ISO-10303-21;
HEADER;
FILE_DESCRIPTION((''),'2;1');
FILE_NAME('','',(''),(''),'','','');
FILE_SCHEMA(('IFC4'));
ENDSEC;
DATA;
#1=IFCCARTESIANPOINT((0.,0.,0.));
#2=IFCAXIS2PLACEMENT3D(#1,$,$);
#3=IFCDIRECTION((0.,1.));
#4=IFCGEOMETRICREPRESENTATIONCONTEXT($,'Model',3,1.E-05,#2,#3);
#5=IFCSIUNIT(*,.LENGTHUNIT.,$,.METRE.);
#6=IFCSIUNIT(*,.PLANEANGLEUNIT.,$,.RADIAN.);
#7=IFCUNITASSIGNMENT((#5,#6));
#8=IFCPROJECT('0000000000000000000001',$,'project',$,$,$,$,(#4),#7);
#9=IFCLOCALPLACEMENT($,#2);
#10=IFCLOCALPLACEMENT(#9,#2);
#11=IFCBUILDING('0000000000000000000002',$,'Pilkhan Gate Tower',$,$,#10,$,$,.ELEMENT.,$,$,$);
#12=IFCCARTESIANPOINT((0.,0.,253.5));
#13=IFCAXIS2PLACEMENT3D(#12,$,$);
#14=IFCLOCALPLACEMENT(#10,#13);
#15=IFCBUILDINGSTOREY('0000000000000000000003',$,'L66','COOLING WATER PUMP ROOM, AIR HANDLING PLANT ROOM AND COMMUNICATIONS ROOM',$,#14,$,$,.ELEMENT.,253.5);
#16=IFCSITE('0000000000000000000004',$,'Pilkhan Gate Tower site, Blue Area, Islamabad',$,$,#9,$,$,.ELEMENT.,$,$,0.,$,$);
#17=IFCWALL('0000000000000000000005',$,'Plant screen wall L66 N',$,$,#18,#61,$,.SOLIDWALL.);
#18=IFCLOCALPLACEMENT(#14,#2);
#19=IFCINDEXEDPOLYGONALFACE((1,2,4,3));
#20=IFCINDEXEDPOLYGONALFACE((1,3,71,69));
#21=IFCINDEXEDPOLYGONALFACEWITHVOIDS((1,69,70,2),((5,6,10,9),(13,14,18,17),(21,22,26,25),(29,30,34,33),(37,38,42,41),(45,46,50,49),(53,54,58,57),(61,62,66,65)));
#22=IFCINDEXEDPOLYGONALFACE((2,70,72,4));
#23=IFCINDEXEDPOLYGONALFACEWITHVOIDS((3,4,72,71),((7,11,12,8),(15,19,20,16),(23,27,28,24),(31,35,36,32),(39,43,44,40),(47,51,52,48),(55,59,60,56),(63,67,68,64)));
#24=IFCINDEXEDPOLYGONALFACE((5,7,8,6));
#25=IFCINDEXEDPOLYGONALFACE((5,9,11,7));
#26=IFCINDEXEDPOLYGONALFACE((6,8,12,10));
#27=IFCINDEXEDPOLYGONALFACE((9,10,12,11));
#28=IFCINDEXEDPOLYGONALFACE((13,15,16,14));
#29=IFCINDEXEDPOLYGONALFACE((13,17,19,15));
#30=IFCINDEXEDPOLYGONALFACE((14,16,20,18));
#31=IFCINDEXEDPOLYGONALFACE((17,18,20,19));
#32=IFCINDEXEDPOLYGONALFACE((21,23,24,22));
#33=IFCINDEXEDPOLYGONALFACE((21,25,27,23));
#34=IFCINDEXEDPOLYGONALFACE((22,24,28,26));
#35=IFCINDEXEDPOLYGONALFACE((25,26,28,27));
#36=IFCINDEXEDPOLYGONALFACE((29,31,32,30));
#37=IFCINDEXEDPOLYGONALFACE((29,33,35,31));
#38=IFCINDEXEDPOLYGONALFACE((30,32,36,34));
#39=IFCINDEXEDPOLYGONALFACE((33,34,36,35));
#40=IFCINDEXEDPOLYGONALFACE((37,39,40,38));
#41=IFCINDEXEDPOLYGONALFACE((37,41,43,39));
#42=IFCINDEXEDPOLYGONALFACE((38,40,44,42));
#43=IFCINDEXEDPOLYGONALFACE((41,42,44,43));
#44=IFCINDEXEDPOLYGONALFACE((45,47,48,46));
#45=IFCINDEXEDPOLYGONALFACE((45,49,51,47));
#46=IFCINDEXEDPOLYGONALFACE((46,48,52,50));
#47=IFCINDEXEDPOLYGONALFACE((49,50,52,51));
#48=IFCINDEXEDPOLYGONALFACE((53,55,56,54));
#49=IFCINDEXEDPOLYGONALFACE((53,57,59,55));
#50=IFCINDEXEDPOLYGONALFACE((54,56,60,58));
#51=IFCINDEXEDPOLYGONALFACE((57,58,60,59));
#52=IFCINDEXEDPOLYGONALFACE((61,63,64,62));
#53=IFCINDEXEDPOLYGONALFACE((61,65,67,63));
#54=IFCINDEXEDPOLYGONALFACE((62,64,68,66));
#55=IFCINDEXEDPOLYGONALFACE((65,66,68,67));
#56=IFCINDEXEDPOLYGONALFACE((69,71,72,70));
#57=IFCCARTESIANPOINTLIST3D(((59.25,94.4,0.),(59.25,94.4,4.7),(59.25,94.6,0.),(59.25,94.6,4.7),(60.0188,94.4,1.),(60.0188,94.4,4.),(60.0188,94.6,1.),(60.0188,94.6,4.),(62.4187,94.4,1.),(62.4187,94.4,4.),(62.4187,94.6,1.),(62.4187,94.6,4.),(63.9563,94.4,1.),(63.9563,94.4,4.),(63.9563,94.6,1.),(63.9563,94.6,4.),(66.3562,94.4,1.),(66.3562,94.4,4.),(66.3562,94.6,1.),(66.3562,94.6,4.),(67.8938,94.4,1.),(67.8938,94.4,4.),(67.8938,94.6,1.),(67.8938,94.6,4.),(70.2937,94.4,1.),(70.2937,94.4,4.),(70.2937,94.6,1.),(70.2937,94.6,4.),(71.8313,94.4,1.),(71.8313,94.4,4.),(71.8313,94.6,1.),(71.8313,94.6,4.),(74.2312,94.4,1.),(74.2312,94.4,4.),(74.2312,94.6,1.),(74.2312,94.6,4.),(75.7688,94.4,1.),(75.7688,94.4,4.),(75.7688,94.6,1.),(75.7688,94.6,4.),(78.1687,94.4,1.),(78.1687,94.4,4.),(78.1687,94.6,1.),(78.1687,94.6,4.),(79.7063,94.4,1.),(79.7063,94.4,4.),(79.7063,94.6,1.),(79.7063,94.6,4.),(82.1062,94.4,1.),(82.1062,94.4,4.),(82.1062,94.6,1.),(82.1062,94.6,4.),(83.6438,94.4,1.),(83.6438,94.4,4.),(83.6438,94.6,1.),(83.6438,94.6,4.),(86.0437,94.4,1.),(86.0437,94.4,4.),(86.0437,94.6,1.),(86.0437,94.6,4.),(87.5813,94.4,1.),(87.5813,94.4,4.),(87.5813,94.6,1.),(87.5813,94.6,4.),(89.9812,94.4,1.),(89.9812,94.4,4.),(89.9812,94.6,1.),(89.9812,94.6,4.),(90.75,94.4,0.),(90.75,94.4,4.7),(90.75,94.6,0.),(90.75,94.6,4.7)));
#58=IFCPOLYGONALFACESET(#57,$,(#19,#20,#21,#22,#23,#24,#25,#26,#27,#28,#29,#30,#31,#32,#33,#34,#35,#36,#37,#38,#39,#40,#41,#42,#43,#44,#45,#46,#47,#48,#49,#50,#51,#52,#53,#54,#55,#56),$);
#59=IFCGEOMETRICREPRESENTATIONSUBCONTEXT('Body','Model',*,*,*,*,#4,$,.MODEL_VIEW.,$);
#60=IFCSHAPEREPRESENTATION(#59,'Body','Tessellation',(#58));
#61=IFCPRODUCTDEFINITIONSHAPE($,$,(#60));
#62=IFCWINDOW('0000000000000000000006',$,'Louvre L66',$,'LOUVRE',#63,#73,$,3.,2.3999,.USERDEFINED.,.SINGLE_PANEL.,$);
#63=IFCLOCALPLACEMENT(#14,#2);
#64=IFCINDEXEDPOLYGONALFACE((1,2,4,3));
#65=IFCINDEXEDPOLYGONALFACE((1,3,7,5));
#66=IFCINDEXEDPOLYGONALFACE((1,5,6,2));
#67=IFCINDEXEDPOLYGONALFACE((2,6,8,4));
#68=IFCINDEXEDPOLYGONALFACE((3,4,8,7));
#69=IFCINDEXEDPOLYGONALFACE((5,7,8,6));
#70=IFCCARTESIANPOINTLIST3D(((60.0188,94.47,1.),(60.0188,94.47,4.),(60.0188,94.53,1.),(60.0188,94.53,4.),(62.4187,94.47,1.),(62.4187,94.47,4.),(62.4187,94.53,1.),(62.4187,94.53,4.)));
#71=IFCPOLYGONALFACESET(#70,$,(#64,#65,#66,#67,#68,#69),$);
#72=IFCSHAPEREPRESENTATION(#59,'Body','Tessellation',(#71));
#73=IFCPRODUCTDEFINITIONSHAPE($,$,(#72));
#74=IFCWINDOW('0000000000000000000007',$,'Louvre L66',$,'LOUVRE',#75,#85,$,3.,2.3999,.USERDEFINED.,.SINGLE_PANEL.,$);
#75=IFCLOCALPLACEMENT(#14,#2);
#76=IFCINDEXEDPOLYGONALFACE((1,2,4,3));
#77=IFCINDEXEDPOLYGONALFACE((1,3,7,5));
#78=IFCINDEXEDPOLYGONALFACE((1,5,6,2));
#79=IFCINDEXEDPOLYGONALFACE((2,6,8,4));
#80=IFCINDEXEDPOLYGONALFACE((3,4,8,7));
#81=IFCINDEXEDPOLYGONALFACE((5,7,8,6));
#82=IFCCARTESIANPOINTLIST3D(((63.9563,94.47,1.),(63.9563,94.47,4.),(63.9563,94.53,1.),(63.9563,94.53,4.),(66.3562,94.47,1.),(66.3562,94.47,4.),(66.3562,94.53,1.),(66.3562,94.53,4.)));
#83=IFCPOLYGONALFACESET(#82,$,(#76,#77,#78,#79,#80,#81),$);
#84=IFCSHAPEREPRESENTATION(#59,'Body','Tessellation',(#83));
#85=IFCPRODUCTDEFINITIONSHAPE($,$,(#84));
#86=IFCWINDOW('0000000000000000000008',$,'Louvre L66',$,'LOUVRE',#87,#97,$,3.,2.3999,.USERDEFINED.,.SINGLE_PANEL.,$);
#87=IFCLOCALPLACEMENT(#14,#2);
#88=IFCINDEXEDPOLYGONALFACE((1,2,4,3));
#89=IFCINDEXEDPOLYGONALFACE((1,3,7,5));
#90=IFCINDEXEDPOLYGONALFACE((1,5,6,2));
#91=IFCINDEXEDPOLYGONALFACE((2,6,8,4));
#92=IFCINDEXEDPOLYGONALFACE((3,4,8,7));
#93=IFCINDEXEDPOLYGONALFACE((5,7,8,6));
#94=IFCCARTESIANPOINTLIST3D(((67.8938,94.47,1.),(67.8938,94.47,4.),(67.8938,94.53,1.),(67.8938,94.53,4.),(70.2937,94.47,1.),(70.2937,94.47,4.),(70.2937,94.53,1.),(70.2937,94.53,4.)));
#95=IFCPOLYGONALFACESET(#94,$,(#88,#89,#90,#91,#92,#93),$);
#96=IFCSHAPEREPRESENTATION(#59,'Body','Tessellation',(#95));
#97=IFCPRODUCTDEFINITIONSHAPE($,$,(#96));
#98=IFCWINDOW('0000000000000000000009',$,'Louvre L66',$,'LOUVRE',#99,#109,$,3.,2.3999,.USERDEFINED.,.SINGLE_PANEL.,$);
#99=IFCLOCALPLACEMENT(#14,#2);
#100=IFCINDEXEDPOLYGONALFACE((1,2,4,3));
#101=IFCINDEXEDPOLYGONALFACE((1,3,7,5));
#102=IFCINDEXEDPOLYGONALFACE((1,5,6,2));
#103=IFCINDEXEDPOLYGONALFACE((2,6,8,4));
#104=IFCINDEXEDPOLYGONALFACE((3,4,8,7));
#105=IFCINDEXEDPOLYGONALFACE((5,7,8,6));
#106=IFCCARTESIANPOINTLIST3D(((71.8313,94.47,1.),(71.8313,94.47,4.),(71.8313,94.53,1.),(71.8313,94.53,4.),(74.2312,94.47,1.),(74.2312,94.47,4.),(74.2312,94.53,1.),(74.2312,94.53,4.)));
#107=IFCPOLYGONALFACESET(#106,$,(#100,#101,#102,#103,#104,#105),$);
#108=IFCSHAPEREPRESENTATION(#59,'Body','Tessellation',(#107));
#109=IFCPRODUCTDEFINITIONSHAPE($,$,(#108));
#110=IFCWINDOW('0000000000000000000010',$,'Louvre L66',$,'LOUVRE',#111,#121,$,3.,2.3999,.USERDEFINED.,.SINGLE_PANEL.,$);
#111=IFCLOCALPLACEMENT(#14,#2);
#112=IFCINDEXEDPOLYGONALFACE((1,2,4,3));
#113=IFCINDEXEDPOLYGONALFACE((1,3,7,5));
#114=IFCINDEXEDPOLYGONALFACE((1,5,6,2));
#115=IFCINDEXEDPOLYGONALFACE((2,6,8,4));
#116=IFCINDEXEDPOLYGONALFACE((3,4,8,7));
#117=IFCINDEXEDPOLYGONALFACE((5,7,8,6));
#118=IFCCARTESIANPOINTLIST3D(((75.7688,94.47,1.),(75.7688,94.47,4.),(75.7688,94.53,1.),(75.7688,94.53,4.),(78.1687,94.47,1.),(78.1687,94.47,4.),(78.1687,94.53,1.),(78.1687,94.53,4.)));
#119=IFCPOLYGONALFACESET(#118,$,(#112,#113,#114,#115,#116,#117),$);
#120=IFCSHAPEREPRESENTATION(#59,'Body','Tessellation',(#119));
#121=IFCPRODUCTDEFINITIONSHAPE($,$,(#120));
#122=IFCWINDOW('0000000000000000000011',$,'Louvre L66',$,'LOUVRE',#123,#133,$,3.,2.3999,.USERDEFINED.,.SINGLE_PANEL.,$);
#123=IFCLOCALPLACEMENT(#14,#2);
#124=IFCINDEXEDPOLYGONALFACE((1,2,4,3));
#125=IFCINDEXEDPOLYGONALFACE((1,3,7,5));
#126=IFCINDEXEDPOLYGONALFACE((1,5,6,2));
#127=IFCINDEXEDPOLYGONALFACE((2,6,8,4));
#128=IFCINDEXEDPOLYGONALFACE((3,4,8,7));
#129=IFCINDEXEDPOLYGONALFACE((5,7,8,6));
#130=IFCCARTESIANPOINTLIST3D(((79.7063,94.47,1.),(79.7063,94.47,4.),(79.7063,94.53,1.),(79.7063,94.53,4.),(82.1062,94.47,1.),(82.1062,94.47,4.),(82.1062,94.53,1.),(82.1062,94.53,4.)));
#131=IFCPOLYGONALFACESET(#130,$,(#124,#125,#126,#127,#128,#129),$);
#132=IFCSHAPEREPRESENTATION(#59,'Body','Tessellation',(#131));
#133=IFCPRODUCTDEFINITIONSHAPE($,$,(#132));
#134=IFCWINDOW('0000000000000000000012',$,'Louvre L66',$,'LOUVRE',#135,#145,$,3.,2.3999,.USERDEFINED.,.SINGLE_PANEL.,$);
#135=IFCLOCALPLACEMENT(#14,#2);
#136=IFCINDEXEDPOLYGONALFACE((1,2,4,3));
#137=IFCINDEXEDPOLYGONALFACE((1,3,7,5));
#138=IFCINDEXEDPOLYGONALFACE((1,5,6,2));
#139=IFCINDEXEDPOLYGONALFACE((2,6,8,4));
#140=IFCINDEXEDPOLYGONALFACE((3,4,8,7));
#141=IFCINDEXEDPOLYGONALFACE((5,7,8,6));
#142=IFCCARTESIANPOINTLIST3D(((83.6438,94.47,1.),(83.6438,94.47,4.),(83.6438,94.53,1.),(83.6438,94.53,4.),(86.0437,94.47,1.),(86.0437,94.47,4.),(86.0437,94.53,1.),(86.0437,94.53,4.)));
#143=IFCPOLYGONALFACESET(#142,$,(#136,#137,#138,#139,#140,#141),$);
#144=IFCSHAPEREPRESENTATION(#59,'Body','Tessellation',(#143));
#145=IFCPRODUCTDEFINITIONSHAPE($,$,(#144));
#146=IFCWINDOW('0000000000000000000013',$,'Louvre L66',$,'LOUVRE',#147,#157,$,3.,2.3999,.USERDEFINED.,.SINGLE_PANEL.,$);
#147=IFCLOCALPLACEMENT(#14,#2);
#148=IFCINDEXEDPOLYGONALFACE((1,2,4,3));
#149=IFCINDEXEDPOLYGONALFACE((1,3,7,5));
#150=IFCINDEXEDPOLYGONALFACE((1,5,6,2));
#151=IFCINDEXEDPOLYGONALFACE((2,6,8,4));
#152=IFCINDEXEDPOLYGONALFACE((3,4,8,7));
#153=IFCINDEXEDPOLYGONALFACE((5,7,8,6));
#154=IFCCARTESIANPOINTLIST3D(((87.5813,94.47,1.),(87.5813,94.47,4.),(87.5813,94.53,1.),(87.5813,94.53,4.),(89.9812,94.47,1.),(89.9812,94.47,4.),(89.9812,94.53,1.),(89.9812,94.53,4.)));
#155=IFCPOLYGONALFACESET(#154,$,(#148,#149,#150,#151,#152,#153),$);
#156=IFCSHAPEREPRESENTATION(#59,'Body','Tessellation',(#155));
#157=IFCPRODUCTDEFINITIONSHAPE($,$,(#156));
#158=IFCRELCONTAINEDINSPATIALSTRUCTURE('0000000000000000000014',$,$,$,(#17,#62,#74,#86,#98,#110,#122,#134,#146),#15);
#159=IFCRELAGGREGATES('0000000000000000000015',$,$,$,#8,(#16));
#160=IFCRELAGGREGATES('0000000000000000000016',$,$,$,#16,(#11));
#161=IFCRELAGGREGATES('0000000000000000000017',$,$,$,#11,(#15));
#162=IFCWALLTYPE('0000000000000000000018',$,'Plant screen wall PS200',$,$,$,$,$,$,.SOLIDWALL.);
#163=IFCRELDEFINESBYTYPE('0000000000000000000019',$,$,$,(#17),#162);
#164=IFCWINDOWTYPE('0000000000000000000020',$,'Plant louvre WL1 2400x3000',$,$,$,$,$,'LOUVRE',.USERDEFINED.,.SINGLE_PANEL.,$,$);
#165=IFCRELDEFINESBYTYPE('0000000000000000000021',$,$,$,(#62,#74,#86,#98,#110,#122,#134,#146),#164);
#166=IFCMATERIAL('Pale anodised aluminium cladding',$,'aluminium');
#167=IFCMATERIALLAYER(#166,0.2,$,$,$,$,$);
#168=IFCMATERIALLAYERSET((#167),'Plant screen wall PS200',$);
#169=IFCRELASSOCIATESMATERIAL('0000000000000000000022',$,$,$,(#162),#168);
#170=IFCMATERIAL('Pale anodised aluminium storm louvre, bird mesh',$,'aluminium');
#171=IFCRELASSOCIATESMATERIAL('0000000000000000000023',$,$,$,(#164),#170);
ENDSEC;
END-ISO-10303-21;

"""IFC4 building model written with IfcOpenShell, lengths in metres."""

from ifc_helpers import new_model, si_unit, direction, frame, frame_2d, origin, place, context, subcontext, project, spatial, rectangle, extrude, material, layer, layer_set, type_object, element, fill, save


model = new_model("IFC4")

# Units and contexts
model_context = context("Model", 3, precision=1e-05, world=origin(), true_north=direction((0.0, 1.0)))
body_context = subcontext(model_context, "Body", "Model", "MODEL_VIEW")
ifc_project = project(units=[si_unit("LENGTHUNIT", "METRE"), si_unit("PLANEANGLEUNIT", "RADIAN")], contexts=[model_context])

# Site, building, storey
site_placement = place(None, origin())
site = spatial("IfcSite", under=ifc_project, at=site_placement, Name="Pilkhan Gate Tower site, Blue Area, Islamabad", CompositionType="ELEMENT", RefElevation=0.0)
building_placement = place(site_placement, origin())
building = spatial("IfcBuilding", under=site, at=building_placement, Name="Pilkhan Gate Tower", CompositionType="ELEMENT")
storey_placement = place(building_placement, frame((0.0, 0.0, 253.5)))
storey = spatial("IfcBuildingStorey", under=building, at=storey_placement, Name="L66", Description="COOLING WATER PUMP ROOM, AIR HANDLING PLANT ROOM AND COMMUNICATIONS ROOM", CompositionType="ELEMENT", Elevation=253.5)

# Wall, openings, windows
ifc_material_1 = material(Name="Pale anodised aluminium cladding", Category="aluminium")
ifc_layer_1 = layer(ifc_material_1, 0.2)
ifc_layer_set_1 = layer_set([ifc_layer_1], Name="Plant screen wall PS200")
wall_type_1 = type_object("IfcWallType", Name="Plant screen wall PS200", PredefinedType="SOLIDWALL", material=ifc_layer_set_1)
wall_1_placement = place(storey_placement, frame((59.25, 94.5, 0.0), z_axis=(0.0, 0.0, 1.0), x_axis=(1.0, 0.0, 0.0)))
wall_1 = element("IfcWall", 1, at=wall_1_placement, inside=storey, type_object=wall_type_1, Name="Plant screen wall L66 N", PredefinedType="SOLIDWALL", context=body_context, shape_type="SweptSolid", body=[
    extrude(rectangle(XDim=31.5, YDim=0.2, at=frame_2d((15.75, 0.0))), origin(), (0.0, 0.0, 1.0), 4.7),
])
opening_1_placement = place(wall_1_placement, frame((0.7688, 0.0, 1.0)))
opening_1 = element("IfcOpeningElement", 2, at=opening_1_placement, cuts=wall_1, PredefinedType="OPENING", context=body_context, shape_type="SweptSolid", body=[
    extrude(rectangle(XDim=2.3999, YDim=3.0, at=frame_2d((1.2, 1.5))), frame((0.0, 0.1099, 0.0), z_axis=(0.0, -1.0, 0.0), x_axis=(1.0, 0.0, 0.0)), (0.0, 0.0, 1.0), 0.22),
])
opening_2_placement = place(wall_1_placement, frame((4.7063, 0.0, 1.0)))
opening_2 = element("IfcOpeningElement", 3, at=opening_2_placement, cuts=wall_1, PredefinedType="OPENING", context=body_context, shape_type="SweptSolid", body=[
    extrude(rectangle(XDim=2.3999, YDim=3.0, at=frame_2d((1.2, 1.5))), frame((0.0, 0.1099, 0.0), z_axis=(0.0, -1.0, 0.0), x_axis=(1.0, 0.0, 0.0)), (0.0, 0.0, 1.0), 0.22),
])
opening_3_placement = place(wall_1_placement, frame((8.6438, 0.0, 1.0)))
opening_3 = element("IfcOpeningElement", 4, at=opening_3_placement, cuts=wall_1, PredefinedType="OPENING", context=body_context, shape_type="SweptSolid", body=[
    extrude(rectangle(XDim=2.3999, YDim=3.0, at=frame_2d((1.2, 1.5))), frame((0.0, 0.1099, 0.0), z_axis=(0.0, -1.0, 0.0), x_axis=(1.0, 0.0, 0.0)), (0.0, 0.0, 1.0), 0.22),
])
opening_4_placement = place(wall_1_placement, frame((12.5813, 0.0, 1.0)))
opening_4 = element("IfcOpeningElement", 5, at=opening_4_placement, cuts=wall_1, PredefinedType="OPENING", context=body_context, shape_type="SweptSolid", body=[
    extrude(rectangle(XDim=2.3999, YDim=3.0, at=frame_2d((1.2, 1.5))), frame((0.0, 0.1099, 0.0), z_axis=(0.0, -1.0, 0.0), x_axis=(1.0, 0.0, 0.0)), (0.0, 0.0, 1.0), 0.22),
])
opening_5_placement = place(wall_1_placement, frame((16.5188, 0.0, 1.0)))
opening_5 = element("IfcOpeningElement", 6, at=opening_5_placement, cuts=wall_1, PredefinedType="OPENING", context=body_context, shape_type="SweptSolid", body=[
    extrude(rectangle(XDim=2.3999, YDim=3.0, at=frame_2d((1.2, 1.5))), frame((0.0, 0.1099, 0.0), z_axis=(0.0, -1.0, 0.0), x_axis=(1.0, 0.0, 0.0)), (0.0, 0.0, 1.0), 0.22),
])
opening_6_placement = place(wall_1_placement, frame((20.4563, 0.0, 1.0)))
opening_6 = element("IfcOpeningElement", 7, at=opening_6_placement, cuts=wall_1, PredefinedType="OPENING", context=body_context, shape_type="SweptSolid", body=[
    extrude(rectangle(XDim=2.3999, YDim=3.0, at=frame_2d((1.2, 1.5))), frame((0.0, 0.1099, 0.0), z_axis=(0.0, -1.0, 0.0), x_axis=(1.0, 0.0, 0.0)), (0.0, 0.0, 1.0), 0.22),
])
opening_7_placement = place(wall_1_placement, frame((24.3938, 0.0, 1.0)))
opening_7 = element("IfcOpeningElement", 8, at=opening_7_placement, cuts=wall_1, PredefinedType="OPENING", context=body_context, shape_type="SweptSolid", body=[
    extrude(rectangle(XDim=2.3999, YDim=3.0, at=frame_2d((1.2, 1.5))), frame((0.0, 0.1099, 0.0), z_axis=(0.0, -1.0, 0.0), x_axis=(1.0, 0.0, 0.0)), (0.0, 0.0, 1.0), 0.22),
])
opening_8_placement = place(wall_1_placement, frame((28.3313, 0.0, 1.0)))
opening_8 = element("IfcOpeningElement", 9, at=opening_8_placement, cuts=wall_1, PredefinedType="OPENING", context=body_context, shape_type="SweptSolid", body=[
    extrude(rectangle(XDim=2.3999, YDim=3.0, at=frame_2d((1.2, 1.5))), frame((0.0, 0.1099, 0.0), z_axis=(0.0, -1.0, 0.0), x_axis=(1.0, 0.0, 0.0)), (0.0, 0.0, 1.0), 0.22),
])
ifc_material_2 = material(Name="Pale anodised aluminium storm louvre, bird mesh", Category="aluminium")
window_type = type_object("IfcWindowType", Name="Plant louvre WL1 2400x3000", ElementType="LOUVRE", PartitioningType="SINGLE_PANEL", PredefinedType="USERDEFINED", material=ifc_material_2)
window_1_placement = place(opening_1_placement, origin())
window_1 = element("IfcWindow", 10, at=window_1_placement, inside=storey, type_object=window_type, Name="Louvre L66", ObjectType="LOUVRE", OverallHeight=3.0, OverallWidth=2.3999, PartitioningType="SINGLE_PANEL", PredefinedType="USERDEFINED", context=body_context, shape_type="SweptSolid", body=[
    extrude(rectangle(XDim=2.3999, YDim=3.0, at=frame_2d((1.2, 1.5))), frame((0.0, 0.03, 0.0), z_axis=(0.0, -1.0, 0.0), x_axis=(1.0, 0.0, 0.0)), (0.0, 0.0, 1.0), 0.0601),
])
fill(opening_1, window_1)
window_2_placement = place(opening_2_placement, origin())
window_2 = element("IfcWindow", 11, at=window_2_placement, inside=storey, type_object=window_type, Name="Louvre L66", ObjectType="LOUVRE", OverallHeight=3.0, OverallWidth=2.3999, PartitioningType="SINGLE_PANEL", PredefinedType="USERDEFINED", context=body_context, shape_type="SweptSolid", body=[
    extrude(rectangle(XDim=2.3999, YDim=3.0, at=frame_2d((1.2, 1.5))), frame((0.0, 0.03, 0.0), z_axis=(0.0, -1.0, 0.0), x_axis=(1.0, 0.0, 0.0)), (0.0, 0.0, 1.0), 0.0601),
])
fill(opening_2, window_2)
window_3_placement = place(opening_3_placement, origin())
window_3 = element("IfcWindow", 12, at=window_3_placement, inside=storey, type_object=window_type, Name="Louvre L66", ObjectType="LOUVRE", OverallHeight=3.0, OverallWidth=2.3999, PartitioningType="SINGLE_PANEL", PredefinedType="USERDEFINED", context=body_context, shape_type="SweptSolid", body=[
    extrude(rectangle(XDim=2.3999, YDim=3.0, at=frame_2d((1.2, 1.5))), frame((0.0, 0.03, 0.0), z_axis=(0.0, -1.0, 0.0), x_axis=(1.0, 0.0, 0.0)), (0.0, 0.0, 1.0), 0.0601),
])
fill(opening_3, window_3)
window_4_placement = place(opening_4_placement, origin())
window_4 = element("IfcWindow", 13, at=window_4_placement, inside=storey, type_object=window_type, Name="Louvre L66", ObjectType="LOUVRE", OverallHeight=3.0, OverallWidth=2.3999, PartitioningType="SINGLE_PANEL", PredefinedType="USERDEFINED", context=body_context, shape_type="SweptSolid", body=[
    extrude(rectangle(XDim=2.3999, YDim=3.0, at=frame_2d((1.2, 1.5))), frame((0.0, 0.03, 0.0), z_axis=(0.0, -1.0, 0.0), x_axis=(1.0, 0.0, 0.0)), (0.0, 0.0, 1.0), 0.0601),
])
fill(opening_4, window_4)
window_5_placement = place(opening_5_placement, origin())
window_5 = element("IfcWindow", 14, at=window_5_placement, inside=storey, type_object=window_type, Name="Louvre L66", ObjectType="LOUVRE", OverallHeight=3.0, OverallWidth=2.3999, PartitioningType="SINGLE_PANEL", PredefinedType="USERDEFINED", context=body_context, shape_type="SweptSolid", body=[
    extrude(rectangle(XDim=2.3999, YDim=3.0, at=frame_2d((1.2, 1.5))), frame((0.0, 0.03, 0.0), z_axis=(0.0, -1.0, 0.0), x_axis=(1.0, 0.0, 0.0)), (0.0, 0.0, 1.0), 0.0601),
])
fill(opening_5, window_5)
window_6_placement = place(opening_6_placement, origin())
window_6 = element("IfcWindow", 15, at=window_6_placement, inside=storey, type_object=window_type, Name="Louvre L66", ObjectType="LOUVRE", OverallHeight=3.0, OverallWidth=2.3999, PartitioningType="SINGLE_PANEL", PredefinedType="USERDEFINED", context=body_context, shape_type="SweptSolid", body=[
    extrude(rectangle(XDim=2.3999, YDim=3.0, at=frame_2d((1.2, 1.5))), frame((0.0, 0.03, 0.0), z_axis=(0.0, -1.0, 0.0), x_axis=(1.0, 0.0, 0.0)), (0.0, 0.0, 1.0), 0.0601),
])
fill(opening_6, window_6)
window_7_placement = place(opening_7_placement, origin())
window_7 = element("IfcWindow", 16, at=window_7_placement, inside=storey, type_object=window_type, Name="Louvre L66", ObjectType="LOUVRE", OverallHeight=3.0, OverallWidth=2.3999, PartitioningType="SINGLE_PANEL", PredefinedType="USERDEFINED", context=body_context, shape_type="SweptSolid", body=[
    extrude(rectangle(XDim=2.3999, YDim=3.0, at=frame_2d((1.2, 1.5))), frame((0.0, 0.03, 0.0), z_axis=(0.0, -1.0, 0.0), x_axis=(1.0, 0.0, 0.0)), (0.0, 0.0, 1.0), 0.0601),
])
fill(opening_7, window_7)
window_8_placement = place(opening_8_placement, origin())
window_8 = element("IfcWindow", 17, at=window_8_placement, inside=storey, type_object=window_type, Name="Louvre L66", ObjectType="LOUVRE", OverallHeight=3.0, OverallWidth=2.3999, PartitioningType="SINGLE_PANEL", PredefinedType="USERDEFINED", context=body_context, shape_type="SweptSolid", body=[
    extrude(rectangle(XDim=2.3999, YDim=3.0, at=frame_2d((1.2, 1.5))), frame((0.0, 0.03, 0.0), z_axis=(0.0, -1.0, 0.0), x_axis=(1.0, 0.0, 0.0)), (0.0, 0.0, 1.0), 0.0601),
])
fill(opening_8, window_8)

save(model, "model.ifc")
